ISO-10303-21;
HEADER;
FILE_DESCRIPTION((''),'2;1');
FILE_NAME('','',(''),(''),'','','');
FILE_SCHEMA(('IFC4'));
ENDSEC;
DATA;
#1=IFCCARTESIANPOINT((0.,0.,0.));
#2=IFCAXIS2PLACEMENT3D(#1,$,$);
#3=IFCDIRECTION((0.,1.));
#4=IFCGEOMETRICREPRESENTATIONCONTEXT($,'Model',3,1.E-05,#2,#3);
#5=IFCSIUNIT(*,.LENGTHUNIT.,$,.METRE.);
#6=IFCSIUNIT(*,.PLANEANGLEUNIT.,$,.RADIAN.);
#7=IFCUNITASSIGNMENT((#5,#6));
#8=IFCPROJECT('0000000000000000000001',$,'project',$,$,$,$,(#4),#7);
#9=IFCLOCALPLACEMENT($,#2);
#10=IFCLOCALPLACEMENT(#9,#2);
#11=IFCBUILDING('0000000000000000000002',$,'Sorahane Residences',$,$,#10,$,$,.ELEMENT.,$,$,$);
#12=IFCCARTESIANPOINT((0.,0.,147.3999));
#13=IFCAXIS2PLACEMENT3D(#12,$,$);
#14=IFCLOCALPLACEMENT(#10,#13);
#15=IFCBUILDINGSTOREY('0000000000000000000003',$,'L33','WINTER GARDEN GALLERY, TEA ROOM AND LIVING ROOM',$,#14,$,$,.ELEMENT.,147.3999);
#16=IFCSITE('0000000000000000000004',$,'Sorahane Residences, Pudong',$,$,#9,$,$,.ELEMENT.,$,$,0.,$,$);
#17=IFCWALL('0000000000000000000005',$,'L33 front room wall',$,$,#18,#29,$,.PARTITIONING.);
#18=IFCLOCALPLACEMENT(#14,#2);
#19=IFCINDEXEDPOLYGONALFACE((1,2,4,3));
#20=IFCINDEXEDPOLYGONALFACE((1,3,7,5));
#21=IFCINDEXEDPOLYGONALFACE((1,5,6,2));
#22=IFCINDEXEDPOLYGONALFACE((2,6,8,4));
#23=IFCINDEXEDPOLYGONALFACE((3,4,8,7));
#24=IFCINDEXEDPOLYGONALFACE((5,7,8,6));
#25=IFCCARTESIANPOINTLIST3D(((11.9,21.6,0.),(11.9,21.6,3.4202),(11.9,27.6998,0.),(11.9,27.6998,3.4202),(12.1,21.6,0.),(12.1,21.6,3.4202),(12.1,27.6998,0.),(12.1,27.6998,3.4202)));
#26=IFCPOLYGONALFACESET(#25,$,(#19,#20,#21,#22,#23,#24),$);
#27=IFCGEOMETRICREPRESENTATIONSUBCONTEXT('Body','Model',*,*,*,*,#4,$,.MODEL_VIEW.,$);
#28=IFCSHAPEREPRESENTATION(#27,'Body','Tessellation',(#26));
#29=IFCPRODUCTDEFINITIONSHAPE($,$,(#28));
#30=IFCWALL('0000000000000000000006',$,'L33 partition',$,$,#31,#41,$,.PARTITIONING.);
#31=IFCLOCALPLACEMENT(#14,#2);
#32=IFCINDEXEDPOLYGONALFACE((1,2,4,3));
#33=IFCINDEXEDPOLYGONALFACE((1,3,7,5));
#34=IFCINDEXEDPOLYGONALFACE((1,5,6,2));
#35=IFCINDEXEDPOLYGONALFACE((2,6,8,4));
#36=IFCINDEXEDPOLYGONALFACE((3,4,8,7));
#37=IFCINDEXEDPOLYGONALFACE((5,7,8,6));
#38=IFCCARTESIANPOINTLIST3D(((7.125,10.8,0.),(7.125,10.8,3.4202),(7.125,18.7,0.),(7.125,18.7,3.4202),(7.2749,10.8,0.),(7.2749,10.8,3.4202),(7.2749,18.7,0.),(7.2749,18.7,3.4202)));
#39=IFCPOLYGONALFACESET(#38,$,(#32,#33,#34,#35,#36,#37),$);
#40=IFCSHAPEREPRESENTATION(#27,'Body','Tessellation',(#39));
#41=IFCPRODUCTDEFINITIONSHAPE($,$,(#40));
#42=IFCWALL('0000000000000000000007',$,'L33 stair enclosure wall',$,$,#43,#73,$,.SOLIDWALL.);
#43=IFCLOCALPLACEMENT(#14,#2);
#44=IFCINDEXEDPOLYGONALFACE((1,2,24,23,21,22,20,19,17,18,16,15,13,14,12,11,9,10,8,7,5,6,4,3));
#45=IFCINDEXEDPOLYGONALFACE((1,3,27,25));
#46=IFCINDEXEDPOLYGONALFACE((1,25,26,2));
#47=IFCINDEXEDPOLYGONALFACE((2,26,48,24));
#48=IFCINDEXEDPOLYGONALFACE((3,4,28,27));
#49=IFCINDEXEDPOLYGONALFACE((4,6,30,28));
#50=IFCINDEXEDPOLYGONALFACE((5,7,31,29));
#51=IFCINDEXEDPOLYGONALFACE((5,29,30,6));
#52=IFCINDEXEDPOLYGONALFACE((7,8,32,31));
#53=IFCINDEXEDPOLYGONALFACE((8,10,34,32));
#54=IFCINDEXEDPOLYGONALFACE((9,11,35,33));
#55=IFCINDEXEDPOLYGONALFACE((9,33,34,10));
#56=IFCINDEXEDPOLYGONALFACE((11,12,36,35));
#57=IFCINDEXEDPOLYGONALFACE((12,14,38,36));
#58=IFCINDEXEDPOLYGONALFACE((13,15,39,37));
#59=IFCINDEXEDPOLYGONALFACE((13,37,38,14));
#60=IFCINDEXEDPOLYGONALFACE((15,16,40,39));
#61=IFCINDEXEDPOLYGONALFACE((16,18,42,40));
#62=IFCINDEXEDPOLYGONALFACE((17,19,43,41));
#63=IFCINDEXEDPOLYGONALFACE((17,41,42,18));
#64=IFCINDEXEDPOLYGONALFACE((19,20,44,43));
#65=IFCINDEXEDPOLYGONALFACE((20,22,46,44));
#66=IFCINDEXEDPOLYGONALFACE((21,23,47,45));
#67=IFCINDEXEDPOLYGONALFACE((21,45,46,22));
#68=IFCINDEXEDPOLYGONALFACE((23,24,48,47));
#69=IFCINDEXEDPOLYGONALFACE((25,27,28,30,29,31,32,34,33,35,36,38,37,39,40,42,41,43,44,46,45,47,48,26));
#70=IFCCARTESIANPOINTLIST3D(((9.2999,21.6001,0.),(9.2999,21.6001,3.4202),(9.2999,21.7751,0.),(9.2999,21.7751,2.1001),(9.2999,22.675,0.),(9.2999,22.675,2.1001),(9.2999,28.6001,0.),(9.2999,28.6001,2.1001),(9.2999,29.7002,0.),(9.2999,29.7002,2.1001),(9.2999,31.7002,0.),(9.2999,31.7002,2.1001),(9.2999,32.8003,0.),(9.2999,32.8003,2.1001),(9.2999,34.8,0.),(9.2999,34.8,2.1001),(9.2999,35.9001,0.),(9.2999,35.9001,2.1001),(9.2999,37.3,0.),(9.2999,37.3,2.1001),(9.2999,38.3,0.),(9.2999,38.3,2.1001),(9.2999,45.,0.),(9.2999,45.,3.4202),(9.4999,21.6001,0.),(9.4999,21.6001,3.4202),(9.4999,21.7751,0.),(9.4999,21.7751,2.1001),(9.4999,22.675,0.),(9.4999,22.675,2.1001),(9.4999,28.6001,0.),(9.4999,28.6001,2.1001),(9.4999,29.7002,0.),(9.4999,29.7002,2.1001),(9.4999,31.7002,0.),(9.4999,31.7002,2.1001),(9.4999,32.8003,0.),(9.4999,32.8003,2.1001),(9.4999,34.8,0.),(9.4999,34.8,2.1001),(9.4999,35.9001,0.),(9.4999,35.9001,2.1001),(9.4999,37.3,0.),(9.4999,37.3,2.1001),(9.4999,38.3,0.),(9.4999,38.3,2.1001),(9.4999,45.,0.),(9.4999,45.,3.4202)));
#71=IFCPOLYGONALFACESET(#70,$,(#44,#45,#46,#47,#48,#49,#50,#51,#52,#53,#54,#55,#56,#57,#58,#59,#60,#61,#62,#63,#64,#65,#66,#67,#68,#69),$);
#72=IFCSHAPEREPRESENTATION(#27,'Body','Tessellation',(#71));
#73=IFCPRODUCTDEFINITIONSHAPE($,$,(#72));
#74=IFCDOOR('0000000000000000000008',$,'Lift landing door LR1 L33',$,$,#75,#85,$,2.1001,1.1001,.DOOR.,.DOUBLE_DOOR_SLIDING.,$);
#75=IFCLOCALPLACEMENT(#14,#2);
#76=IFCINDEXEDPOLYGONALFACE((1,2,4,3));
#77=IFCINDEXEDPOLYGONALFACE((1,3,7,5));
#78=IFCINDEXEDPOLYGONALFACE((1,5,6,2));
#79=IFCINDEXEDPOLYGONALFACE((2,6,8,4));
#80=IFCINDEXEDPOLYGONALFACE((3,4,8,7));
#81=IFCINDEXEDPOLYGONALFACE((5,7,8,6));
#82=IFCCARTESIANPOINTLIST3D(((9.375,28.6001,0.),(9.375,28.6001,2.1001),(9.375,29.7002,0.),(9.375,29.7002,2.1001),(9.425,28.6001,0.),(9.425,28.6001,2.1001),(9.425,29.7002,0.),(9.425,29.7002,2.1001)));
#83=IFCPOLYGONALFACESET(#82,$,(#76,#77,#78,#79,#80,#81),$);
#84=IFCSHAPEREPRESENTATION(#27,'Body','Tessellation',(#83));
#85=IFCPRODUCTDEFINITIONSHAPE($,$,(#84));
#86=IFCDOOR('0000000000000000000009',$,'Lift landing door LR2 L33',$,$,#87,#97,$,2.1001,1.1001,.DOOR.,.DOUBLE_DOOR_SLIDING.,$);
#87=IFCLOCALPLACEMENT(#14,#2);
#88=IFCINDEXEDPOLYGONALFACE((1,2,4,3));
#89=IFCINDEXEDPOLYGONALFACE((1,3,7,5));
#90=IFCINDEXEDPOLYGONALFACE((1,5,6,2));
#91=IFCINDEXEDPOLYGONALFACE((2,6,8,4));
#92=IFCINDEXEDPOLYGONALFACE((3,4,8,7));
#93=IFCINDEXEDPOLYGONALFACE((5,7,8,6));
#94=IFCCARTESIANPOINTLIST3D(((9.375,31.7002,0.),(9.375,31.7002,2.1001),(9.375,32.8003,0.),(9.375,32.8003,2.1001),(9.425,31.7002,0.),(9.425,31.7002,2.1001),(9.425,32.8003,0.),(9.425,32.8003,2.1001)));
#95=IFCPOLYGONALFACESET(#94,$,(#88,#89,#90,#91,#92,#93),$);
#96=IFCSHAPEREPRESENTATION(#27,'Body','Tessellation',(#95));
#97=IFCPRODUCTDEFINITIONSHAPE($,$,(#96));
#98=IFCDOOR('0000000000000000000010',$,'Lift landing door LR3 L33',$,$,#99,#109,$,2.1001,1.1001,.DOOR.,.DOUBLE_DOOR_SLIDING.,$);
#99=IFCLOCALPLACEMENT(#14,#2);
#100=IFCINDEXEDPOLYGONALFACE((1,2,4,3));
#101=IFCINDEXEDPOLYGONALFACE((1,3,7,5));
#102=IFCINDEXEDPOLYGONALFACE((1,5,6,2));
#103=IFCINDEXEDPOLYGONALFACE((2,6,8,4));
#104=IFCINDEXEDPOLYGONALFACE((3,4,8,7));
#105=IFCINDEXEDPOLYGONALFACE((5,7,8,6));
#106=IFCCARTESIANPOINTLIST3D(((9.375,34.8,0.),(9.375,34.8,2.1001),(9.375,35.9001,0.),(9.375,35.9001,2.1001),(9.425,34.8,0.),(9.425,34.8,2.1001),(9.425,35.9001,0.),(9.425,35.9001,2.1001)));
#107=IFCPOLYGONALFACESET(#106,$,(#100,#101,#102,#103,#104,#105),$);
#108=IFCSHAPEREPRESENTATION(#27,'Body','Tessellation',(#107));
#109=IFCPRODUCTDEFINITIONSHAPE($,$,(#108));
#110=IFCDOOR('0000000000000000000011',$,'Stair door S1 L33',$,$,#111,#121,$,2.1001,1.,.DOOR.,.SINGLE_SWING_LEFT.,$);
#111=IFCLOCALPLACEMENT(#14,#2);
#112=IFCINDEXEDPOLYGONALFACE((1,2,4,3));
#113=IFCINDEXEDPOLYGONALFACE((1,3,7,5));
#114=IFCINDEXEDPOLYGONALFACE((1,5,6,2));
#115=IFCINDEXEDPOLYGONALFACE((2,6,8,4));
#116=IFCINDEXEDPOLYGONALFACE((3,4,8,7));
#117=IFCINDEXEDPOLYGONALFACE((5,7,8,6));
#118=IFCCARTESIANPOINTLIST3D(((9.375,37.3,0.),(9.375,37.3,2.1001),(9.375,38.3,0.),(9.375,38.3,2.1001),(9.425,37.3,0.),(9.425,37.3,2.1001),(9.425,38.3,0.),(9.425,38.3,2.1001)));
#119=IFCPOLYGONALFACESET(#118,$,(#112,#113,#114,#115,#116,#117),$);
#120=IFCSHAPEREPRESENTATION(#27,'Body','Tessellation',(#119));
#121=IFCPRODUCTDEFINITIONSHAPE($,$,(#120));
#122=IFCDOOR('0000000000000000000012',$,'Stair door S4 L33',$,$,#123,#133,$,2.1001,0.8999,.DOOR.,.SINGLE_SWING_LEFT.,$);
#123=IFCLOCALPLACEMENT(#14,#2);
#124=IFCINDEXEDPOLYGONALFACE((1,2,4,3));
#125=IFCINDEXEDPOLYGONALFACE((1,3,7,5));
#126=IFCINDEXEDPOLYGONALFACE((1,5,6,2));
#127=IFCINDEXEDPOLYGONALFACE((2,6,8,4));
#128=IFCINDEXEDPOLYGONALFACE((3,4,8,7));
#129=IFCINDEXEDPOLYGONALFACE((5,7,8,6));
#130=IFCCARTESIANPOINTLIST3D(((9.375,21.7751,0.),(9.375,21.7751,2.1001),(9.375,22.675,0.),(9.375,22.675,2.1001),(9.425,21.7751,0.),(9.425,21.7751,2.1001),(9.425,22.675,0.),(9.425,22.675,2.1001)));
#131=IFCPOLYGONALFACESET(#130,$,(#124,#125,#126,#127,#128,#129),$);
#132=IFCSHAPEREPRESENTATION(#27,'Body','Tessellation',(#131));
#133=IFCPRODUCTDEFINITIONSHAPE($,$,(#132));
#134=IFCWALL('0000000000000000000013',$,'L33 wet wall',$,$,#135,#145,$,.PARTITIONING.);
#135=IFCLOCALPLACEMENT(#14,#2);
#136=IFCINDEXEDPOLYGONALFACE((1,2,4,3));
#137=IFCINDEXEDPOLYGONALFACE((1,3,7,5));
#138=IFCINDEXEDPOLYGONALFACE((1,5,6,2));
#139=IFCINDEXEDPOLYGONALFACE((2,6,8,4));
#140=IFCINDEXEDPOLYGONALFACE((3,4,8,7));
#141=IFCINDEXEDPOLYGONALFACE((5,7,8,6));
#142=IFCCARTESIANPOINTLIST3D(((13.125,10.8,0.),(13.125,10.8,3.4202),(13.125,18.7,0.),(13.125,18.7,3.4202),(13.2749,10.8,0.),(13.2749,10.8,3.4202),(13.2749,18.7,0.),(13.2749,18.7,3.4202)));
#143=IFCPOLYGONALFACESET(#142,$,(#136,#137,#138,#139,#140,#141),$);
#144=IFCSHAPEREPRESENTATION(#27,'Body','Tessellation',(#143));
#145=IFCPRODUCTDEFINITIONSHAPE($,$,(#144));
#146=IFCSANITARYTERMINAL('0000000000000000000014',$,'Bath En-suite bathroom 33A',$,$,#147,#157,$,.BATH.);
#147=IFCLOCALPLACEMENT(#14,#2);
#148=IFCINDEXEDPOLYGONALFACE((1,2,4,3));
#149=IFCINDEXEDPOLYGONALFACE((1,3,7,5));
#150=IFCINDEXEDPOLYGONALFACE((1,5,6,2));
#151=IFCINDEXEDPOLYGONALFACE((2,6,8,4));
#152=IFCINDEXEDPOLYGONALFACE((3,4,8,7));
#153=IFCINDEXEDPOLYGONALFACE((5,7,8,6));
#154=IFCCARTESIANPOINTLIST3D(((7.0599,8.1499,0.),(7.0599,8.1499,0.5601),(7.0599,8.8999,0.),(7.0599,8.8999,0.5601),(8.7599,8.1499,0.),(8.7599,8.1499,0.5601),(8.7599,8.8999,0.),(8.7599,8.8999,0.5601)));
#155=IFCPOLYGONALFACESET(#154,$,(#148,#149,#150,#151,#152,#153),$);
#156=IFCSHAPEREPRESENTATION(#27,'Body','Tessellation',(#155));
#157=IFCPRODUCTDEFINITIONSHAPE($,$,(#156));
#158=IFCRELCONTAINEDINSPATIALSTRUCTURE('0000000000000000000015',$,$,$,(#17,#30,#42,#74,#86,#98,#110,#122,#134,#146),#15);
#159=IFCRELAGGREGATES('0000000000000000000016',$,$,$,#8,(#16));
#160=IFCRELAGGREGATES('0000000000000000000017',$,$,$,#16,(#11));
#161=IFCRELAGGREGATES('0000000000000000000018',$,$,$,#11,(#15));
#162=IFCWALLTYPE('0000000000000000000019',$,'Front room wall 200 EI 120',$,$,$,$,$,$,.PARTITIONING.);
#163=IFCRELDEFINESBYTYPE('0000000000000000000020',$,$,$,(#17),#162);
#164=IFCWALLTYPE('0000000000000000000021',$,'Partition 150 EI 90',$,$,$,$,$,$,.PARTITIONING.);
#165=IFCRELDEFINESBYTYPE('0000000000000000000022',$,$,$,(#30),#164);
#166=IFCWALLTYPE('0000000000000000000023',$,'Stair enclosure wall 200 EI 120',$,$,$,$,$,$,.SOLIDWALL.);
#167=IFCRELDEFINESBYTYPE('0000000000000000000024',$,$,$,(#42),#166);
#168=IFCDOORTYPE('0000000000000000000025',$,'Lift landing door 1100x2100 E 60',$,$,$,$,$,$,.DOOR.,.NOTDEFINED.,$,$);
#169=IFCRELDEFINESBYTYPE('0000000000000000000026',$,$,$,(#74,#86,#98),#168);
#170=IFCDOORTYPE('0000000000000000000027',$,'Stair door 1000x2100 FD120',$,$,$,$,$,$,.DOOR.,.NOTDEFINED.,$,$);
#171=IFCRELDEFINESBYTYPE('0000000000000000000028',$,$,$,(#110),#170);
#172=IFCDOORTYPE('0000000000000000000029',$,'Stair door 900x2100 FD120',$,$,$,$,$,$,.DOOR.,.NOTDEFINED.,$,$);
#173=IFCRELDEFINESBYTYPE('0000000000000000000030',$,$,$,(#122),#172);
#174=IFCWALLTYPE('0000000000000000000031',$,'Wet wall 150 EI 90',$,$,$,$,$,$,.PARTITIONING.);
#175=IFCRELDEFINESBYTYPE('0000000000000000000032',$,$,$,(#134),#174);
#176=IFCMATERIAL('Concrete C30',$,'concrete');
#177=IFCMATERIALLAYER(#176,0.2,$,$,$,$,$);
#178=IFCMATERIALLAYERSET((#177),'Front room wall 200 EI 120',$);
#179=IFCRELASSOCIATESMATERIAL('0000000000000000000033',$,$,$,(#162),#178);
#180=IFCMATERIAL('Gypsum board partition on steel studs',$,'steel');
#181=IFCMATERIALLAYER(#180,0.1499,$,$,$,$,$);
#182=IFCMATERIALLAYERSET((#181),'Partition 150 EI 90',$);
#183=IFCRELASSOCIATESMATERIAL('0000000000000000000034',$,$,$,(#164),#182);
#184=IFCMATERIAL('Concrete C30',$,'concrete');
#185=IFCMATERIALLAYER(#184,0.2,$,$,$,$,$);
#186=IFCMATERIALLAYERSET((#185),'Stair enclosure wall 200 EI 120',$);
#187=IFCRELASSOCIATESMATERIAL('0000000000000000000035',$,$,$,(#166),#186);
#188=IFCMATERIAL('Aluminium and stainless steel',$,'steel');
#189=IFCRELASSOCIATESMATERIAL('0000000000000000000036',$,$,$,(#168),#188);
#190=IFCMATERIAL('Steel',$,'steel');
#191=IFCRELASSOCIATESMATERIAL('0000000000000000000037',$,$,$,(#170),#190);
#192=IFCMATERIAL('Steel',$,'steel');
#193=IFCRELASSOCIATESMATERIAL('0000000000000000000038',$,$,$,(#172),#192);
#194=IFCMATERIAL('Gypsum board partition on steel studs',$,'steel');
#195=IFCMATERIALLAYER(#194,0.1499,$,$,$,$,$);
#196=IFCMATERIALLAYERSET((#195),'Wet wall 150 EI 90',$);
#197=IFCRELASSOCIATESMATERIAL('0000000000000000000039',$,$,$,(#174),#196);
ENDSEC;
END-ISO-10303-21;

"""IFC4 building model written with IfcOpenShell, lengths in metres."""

from ifc_helpers import new_model, si_unit, direction, frame, frame_2d, origin, origin_2d, place, context, subcontext, project, spatial, rectangle, extrude, material, layer, layer_set, type_object, element, fill, save


model = new_model("IFC4")

# Units and contexts
model_context = context("Model", 3, precision=1e-05, world=origin(), true_north=direction((0.0, 1.0)))
body_context = subcontext(model_context, "Body", "Model", "MODEL_VIEW")
ifc_project = project(units=[si_unit("LENGTHUNIT", "METRE"), si_unit("PLANEANGLEUNIT", "RADIAN")], contexts=[model_context])

# Site, building, storey
site_placement = place(None, origin())
site = spatial("IfcSite", under=ifc_project, at=site_placement, Name="Sorahane Residences, Pudong", CompositionType="ELEMENT", RefElevation=0.0)
building_placement = place(site_placement, origin())
building = spatial("IfcBuilding", under=site, at=building_placement, Name="Sorahane Residences", CompositionType="ELEMENT")
storey_placement = place(building_placement, frame((0.0, 0.0, 147.3999)))
storey = spatial("IfcBuildingStorey", under=building, at=storey_placement, Name="L33", Description="WINTER GARDEN GALLERY, TEA ROOM AND LIVING ROOM", CompositionType="ELEMENT", Elevation=147.3999)

# Walls
ifc_material_1 = material(Name="Concrete C30", Category="concrete")
ifc_layer_1 = layer(ifc_material_1, 0.2)
ifc_layer_set_1 = layer_set([ifc_layer_1], Name="Front room wall 200 EI 120")
wall_type_1 = type_object("IfcWallType", Name="Front room wall 200 EI 120", PredefinedType="PARTITIONING", material=ifc_layer_set_1)
wall_1_placement = place(storey_placement, frame((12.0, 21.6001, 0.0), z_axis=(0.0, 0.0, 1.0), x_axis=(0.0, 1.0, 0.0)))
element("IfcWall", 1, at=wall_1_placement, inside=storey, type_object=wall_type_1, Name="L33 front room wall", PredefinedType="PARTITIONING", context=body_context, shape_type="SweptSolid", body=[
    extrude(rectangle(XDim=6.0999, YDim=0.2, at=frame_2d((3.0498, 0.0))), origin(), (0.0, 0.0, 1.0), 3.4202),
])
ifc_material_2 = material(Name="Gypsum board partition on steel studs", Category="steel")
ifc_layer_2 = layer(ifc_material_2, 0.1499)
ifc_layer_set_2 = layer_set([ifc_layer_2], Name="Partition 150 EI 90")
wall_type_2 = type_object("IfcWallType", Name="Partition 150 EI 90", PredefinedType="PARTITIONING", material=ifc_layer_set_2)
wall_2_placement = place(storey_placement, frame((7.2, 10.8, 0.0), z_axis=(0.0, 0.0, 1.0), x_axis=(0.0, 1.0, 0.0)))
element("IfcWall", 2, at=wall_2_placement, inside=storey, type_object=wall_type_2, Name="L33 partition", PredefinedType="PARTITIONING", context=body_context, shape_type="SweptSolid", body=[
    extrude(rectangle(XDim=7.8999, YDim=0.1499, at=frame_2d((3.95, 0.0))), origin(), (0.0, 0.0, 1.0), 3.4202),
])

# Wall, openings, doors
ifc_material_3 = material(Name="Concrete C30", Category="concrete")
ifc_layer_3 = layer(ifc_material_3, 0.2)
ifc_layer_set_3 = layer_set([ifc_layer_3], Name="Stair enclosure wall 200 EI 120")
wall_type_3 = type_object("IfcWallType", Name="Stair enclosure wall 200 EI 120", PredefinedType="SOLIDWALL", material=ifc_layer_set_3)
wall_3_placement = place(storey_placement, frame((9.3999, 21.6001, 0.0), z_axis=(0.0, 0.0, 1.0), x_axis=(0.0, 1.0, 0.0)))
wall_3 = element("IfcWall", 3, at=wall_3_placement, inside=storey, type_object=wall_type_3, Name="L33 stair enclosure wall", PredefinedType="SOLIDWALL", context=body_context, shape_type="SweptSolid", body=[
    extrude(rectangle(XDim=23.3999, YDim=0.2, at=frame_2d((11.7, 0.0))), origin(), (0.0, 0.0, 1.0), 3.4202),
])
opening_1_placement = place(wall_3_placement, frame((7.0, 0.0, 0.0)))
opening_1 = element("IfcOpeningElement", 4, at=opening_1_placement, cuts=wall_3, PredefinedType="OPENING", context=body_context, shape_type="SweptSolid", body=[
    extrude(rectangle(XDim=1.1001, YDim=2.1001, at=frame_2d((0.55, 1.05))), frame((0.0, 0.1099, 0.0), z_axis=(0.0, -1.0, 0.0), x_axis=(1.0, 0.0, 0.0)), (0.0, 0.0, 1.0), 0.22),
])
opening_2_placement = place(wall_3_placement, frame((10.1001, 0.0, 0.0)))
opening_2 = element("IfcOpeningElement", 5, at=opening_2_placement, cuts=wall_3, PredefinedType="OPENING", context=body_context, shape_type="SweptSolid", body=[
    extrude(rectangle(XDim=1.1001, YDim=2.1001, at=frame_2d((0.55, 1.05))), frame((0.0, 0.1099, 0.0), z_axis=(0.0, -1.0, 0.0), x_axis=(1.0, 0.0, 0.0)), (0.0, 0.0, 1.0), 0.22),
])
opening_3_placement = place(wall_3_placement, frame((13.2, 0.0, 0.0)))
opening_3 = element("IfcOpeningElement", 6, at=opening_3_placement, cuts=wall_3, PredefinedType="OPENING", context=body_context, shape_type="SweptSolid", body=[
    extrude(rectangle(XDim=1.1001, YDim=2.1001, at=frame_2d((0.55, 1.05))), frame((0.0, 0.1099, 0.0), z_axis=(0.0, -1.0, 0.0), x_axis=(1.0, 0.0, 0.0)), (0.0, 0.0, 1.0), 0.22),
])
opening_4_placement = place(wall_3_placement, frame((15.7, 0.0, 0.0)))
opening_4 = element("IfcOpeningElement", 7, at=opening_4_placement, cuts=wall_3, PredefinedType="OPENING", context=body_context, shape_type="SweptSolid", body=[
    extrude(rectangle(XDim=1.0, YDim=2.1001, at=frame_2d((0.5, 1.05))), frame((0.0, 0.1099, 0.0), z_axis=(0.0, -1.0, 0.0), x_axis=(1.0, 0.0, 0.0)), (0.0, 0.0, 1.0), 0.22),
])
opening_5_placement = place(wall_3_placement, frame((0.175, 0.0, 0.0)))
opening_5 = element("IfcOpeningElement", 8, at=opening_5_placement, cuts=wall_3, PredefinedType="OPENING", context=body_context, shape_type="SweptSolid", body=[
    extrude(rectangle(XDim=0.8999, YDim=2.1001, at=frame_2d((0.45, 1.05))), frame((0.0, 0.1099, 0.0), z_axis=(0.0, -1.0, 0.0), x_axis=(1.0, 0.0, 0.0)), (0.0, 0.0, 1.0), 0.22),
])
ifc_material_4 = material(Name="Aluminium and stainless steel", Category="steel")
door_type_1 = type_object("IfcDoorType", Name="Lift landing door 1100x2100 E 60", OperationType="NOTDEFINED", PredefinedType="DOOR", material=ifc_material_4)
door_1_placement = place(opening_1_placement, origin())
door_1 = element("IfcDoor", 9, at=door_1_placement, inside=storey, type_object=door_type_1, Name="Lift landing door LR1 L33", OperationType="DOUBLE_DOOR_SLIDING", OverallHeight=2.1001, OverallWidth=1.1001, PredefinedType="DOOR", context=body_context, shape_type="SweptSolid", body=[
    extrude(rectangle(XDim=1.1001, YDim=2.1001, at=frame_2d((0.55, 1.05))), frame((0.0, 0.0249, 0.0), z_axis=(0.0, -1.0, 0.0), x_axis=(1.0, 0.0, 0.0)), (0.0, 0.0, 1.0), 0.05),
])
fill(opening_1, door_1)
door_2_placement = place(opening_2_placement, origin())
door_2 = element("IfcDoor", 10, at=door_2_placement, inside=storey, type_object=door_type_1, Name="Lift landing door LR2 L33", OperationType="DOUBLE_DOOR_SLIDING", OverallHeight=2.1001, OverallWidth=1.1001, PredefinedType="DOOR", context=body_context, shape_type="SweptSolid", body=[
    extrude(rectangle(XDim=1.1001, YDim=2.1001, at=frame_2d((0.55, 1.05))), frame((0.0, 0.0249, 0.0), z_axis=(0.0, -1.0, 0.0), x_axis=(1.0, 0.0, 0.0)), (0.0, 0.0, 1.0), 0.05),
])
fill(opening_2, door_2)
door_3_placement = place(opening_3_placement, origin())
door_3 = element("IfcDoor", 11, at=door_3_placement, inside=storey, type_object=door_type_1, Name="Lift landing door LR3 L33", OperationType="DOUBLE_DOOR_SLIDING", OverallHeight=2.1001, OverallWidth=1.1001, PredefinedType="DOOR", context=body_context, shape_type="SweptSolid", body=[
    extrude(rectangle(XDim=1.1001, YDim=2.1001, at=frame_2d((0.55, 1.05))), frame((0.0, 0.0249, 0.0), z_axis=(0.0, -1.0, 0.0), x_axis=(1.0, 0.0, 0.0)), (0.0, 0.0, 1.0), 0.05),
])
fill(opening_3, door_3)
ifc_material_5 = material(Name="Steel", Category="steel")
door_type_2 = type_object("IfcDoorType", Name="Stair door 1000x2100 FD120", OperationType="NOTDEFINED", PredefinedType="DOOR", material=ifc_material_5)
door_4_placement = place(opening_4_placement, origin())
door_4 = element("IfcDoor", 12, at=door_4_placement, inside=storey, type_object=door_type_2, Name="Stair door S1 L33", OperationType="SINGLE_SWING_LEFT", OverallHeight=2.1001, OverallWidth=1.0, PredefinedType="DOOR", context=body_context, shape_type="SweptSolid", body=[
    extrude(rectangle(XDim=1.0, YDim=2.1001, at=frame_2d((0.5, 1.05))), frame((0.0, 0.0249, 0.0), z_axis=(0.0, -1.0, 0.0), x_axis=(1.0, 0.0, 0.0)), (0.0, 0.0, 1.0), 0.05),
])
fill(opening_4, door_4)
ifc_material_6 = material(Name="Steel", Category="steel")
door_type_3 = type_object("IfcDoorType", Name="Stair door 900x2100 FD120", OperationType="NOTDEFINED", PredefinedType="DOOR", material=ifc_material_6)
door_5_placement = place(opening_5_placement, origin())
door_5 = element("IfcDoor", 13, at=door_5_placement, inside=storey, type_object=door_type_3, Name="Stair door S4 L33", OperationType="SINGLE_SWING_LEFT", OverallHeight=2.1001, OverallWidth=0.8999, PredefinedType="DOOR", context=body_context, shape_type="SweptSolid", body=[
    extrude(rectangle(XDim=0.8999, YDim=2.1001, at=frame_2d((0.45, 1.05))), frame((0.0, 0.0249, 0.0), z_axis=(0.0, -1.0, 0.0), x_axis=(1.0, 0.0, 0.0)), (0.0, 0.0, 1.0), 0.05),
])
fill(opening_5, door_5)

# Wall
ifc_material_7 = material(Name="Gypsum board partition on steel studs", Category="steel")
ifc_layer_4 = layer(ifc_material_7, 0.1499)
ifc_layer_set_4 = layer_set([ifc_layer_4], Name="Wet wall 150 EI 90")
wall_type_4 = type_object("IfcWallType", Name="Wet wall 150 EI 90", PredefinedType="PARTITIONING", material=ifc_layer_set_4)
wall_4_placement = place(storey_placement, frame((13.2, 10.8, 0.0), z_axis=(0.0, 0.0, 1.0), x_axis=(0.0, 1.0, 0.0)))
element("IfcWall", 14, at=wall_4_placement, inside=storey, type_object=wall_type_4, Name="L33 wet wall", PredefinedType="PARTITIONING", context=body_context, shape_type="SweptSolid", body=[
    extrude(rectangle(XDim=7.8999, YDim=0.1499, at=frame_2d((3.95, 0.0))), origin(), (0.0, 0.0, 1.0), 3.4202),
])

# Sanitary terminal
sanitary_terminal_1_placement = place(storey_placement, frame((7.9099, 8.5249, 0.0), z_axis=(0.0, 0.0, 1.0), x_axis=(1.0, 0.0, 0.0)))
element("IfcSanitaryTerminal", 15, at=sanitary_terminal_1_placement, inside=storey, Name="Bath En-suite bathroom 33A", PredefinedType="BATH", context=body_context, shape_type="SweptSolid", body=[
    extrude(rectangle(XDim=1.7, YDim=0.75, at=origin_2d()), origin(), (0.0, 0.0, 1.0), 0.5601),
])

save(model, "model.ifc")
